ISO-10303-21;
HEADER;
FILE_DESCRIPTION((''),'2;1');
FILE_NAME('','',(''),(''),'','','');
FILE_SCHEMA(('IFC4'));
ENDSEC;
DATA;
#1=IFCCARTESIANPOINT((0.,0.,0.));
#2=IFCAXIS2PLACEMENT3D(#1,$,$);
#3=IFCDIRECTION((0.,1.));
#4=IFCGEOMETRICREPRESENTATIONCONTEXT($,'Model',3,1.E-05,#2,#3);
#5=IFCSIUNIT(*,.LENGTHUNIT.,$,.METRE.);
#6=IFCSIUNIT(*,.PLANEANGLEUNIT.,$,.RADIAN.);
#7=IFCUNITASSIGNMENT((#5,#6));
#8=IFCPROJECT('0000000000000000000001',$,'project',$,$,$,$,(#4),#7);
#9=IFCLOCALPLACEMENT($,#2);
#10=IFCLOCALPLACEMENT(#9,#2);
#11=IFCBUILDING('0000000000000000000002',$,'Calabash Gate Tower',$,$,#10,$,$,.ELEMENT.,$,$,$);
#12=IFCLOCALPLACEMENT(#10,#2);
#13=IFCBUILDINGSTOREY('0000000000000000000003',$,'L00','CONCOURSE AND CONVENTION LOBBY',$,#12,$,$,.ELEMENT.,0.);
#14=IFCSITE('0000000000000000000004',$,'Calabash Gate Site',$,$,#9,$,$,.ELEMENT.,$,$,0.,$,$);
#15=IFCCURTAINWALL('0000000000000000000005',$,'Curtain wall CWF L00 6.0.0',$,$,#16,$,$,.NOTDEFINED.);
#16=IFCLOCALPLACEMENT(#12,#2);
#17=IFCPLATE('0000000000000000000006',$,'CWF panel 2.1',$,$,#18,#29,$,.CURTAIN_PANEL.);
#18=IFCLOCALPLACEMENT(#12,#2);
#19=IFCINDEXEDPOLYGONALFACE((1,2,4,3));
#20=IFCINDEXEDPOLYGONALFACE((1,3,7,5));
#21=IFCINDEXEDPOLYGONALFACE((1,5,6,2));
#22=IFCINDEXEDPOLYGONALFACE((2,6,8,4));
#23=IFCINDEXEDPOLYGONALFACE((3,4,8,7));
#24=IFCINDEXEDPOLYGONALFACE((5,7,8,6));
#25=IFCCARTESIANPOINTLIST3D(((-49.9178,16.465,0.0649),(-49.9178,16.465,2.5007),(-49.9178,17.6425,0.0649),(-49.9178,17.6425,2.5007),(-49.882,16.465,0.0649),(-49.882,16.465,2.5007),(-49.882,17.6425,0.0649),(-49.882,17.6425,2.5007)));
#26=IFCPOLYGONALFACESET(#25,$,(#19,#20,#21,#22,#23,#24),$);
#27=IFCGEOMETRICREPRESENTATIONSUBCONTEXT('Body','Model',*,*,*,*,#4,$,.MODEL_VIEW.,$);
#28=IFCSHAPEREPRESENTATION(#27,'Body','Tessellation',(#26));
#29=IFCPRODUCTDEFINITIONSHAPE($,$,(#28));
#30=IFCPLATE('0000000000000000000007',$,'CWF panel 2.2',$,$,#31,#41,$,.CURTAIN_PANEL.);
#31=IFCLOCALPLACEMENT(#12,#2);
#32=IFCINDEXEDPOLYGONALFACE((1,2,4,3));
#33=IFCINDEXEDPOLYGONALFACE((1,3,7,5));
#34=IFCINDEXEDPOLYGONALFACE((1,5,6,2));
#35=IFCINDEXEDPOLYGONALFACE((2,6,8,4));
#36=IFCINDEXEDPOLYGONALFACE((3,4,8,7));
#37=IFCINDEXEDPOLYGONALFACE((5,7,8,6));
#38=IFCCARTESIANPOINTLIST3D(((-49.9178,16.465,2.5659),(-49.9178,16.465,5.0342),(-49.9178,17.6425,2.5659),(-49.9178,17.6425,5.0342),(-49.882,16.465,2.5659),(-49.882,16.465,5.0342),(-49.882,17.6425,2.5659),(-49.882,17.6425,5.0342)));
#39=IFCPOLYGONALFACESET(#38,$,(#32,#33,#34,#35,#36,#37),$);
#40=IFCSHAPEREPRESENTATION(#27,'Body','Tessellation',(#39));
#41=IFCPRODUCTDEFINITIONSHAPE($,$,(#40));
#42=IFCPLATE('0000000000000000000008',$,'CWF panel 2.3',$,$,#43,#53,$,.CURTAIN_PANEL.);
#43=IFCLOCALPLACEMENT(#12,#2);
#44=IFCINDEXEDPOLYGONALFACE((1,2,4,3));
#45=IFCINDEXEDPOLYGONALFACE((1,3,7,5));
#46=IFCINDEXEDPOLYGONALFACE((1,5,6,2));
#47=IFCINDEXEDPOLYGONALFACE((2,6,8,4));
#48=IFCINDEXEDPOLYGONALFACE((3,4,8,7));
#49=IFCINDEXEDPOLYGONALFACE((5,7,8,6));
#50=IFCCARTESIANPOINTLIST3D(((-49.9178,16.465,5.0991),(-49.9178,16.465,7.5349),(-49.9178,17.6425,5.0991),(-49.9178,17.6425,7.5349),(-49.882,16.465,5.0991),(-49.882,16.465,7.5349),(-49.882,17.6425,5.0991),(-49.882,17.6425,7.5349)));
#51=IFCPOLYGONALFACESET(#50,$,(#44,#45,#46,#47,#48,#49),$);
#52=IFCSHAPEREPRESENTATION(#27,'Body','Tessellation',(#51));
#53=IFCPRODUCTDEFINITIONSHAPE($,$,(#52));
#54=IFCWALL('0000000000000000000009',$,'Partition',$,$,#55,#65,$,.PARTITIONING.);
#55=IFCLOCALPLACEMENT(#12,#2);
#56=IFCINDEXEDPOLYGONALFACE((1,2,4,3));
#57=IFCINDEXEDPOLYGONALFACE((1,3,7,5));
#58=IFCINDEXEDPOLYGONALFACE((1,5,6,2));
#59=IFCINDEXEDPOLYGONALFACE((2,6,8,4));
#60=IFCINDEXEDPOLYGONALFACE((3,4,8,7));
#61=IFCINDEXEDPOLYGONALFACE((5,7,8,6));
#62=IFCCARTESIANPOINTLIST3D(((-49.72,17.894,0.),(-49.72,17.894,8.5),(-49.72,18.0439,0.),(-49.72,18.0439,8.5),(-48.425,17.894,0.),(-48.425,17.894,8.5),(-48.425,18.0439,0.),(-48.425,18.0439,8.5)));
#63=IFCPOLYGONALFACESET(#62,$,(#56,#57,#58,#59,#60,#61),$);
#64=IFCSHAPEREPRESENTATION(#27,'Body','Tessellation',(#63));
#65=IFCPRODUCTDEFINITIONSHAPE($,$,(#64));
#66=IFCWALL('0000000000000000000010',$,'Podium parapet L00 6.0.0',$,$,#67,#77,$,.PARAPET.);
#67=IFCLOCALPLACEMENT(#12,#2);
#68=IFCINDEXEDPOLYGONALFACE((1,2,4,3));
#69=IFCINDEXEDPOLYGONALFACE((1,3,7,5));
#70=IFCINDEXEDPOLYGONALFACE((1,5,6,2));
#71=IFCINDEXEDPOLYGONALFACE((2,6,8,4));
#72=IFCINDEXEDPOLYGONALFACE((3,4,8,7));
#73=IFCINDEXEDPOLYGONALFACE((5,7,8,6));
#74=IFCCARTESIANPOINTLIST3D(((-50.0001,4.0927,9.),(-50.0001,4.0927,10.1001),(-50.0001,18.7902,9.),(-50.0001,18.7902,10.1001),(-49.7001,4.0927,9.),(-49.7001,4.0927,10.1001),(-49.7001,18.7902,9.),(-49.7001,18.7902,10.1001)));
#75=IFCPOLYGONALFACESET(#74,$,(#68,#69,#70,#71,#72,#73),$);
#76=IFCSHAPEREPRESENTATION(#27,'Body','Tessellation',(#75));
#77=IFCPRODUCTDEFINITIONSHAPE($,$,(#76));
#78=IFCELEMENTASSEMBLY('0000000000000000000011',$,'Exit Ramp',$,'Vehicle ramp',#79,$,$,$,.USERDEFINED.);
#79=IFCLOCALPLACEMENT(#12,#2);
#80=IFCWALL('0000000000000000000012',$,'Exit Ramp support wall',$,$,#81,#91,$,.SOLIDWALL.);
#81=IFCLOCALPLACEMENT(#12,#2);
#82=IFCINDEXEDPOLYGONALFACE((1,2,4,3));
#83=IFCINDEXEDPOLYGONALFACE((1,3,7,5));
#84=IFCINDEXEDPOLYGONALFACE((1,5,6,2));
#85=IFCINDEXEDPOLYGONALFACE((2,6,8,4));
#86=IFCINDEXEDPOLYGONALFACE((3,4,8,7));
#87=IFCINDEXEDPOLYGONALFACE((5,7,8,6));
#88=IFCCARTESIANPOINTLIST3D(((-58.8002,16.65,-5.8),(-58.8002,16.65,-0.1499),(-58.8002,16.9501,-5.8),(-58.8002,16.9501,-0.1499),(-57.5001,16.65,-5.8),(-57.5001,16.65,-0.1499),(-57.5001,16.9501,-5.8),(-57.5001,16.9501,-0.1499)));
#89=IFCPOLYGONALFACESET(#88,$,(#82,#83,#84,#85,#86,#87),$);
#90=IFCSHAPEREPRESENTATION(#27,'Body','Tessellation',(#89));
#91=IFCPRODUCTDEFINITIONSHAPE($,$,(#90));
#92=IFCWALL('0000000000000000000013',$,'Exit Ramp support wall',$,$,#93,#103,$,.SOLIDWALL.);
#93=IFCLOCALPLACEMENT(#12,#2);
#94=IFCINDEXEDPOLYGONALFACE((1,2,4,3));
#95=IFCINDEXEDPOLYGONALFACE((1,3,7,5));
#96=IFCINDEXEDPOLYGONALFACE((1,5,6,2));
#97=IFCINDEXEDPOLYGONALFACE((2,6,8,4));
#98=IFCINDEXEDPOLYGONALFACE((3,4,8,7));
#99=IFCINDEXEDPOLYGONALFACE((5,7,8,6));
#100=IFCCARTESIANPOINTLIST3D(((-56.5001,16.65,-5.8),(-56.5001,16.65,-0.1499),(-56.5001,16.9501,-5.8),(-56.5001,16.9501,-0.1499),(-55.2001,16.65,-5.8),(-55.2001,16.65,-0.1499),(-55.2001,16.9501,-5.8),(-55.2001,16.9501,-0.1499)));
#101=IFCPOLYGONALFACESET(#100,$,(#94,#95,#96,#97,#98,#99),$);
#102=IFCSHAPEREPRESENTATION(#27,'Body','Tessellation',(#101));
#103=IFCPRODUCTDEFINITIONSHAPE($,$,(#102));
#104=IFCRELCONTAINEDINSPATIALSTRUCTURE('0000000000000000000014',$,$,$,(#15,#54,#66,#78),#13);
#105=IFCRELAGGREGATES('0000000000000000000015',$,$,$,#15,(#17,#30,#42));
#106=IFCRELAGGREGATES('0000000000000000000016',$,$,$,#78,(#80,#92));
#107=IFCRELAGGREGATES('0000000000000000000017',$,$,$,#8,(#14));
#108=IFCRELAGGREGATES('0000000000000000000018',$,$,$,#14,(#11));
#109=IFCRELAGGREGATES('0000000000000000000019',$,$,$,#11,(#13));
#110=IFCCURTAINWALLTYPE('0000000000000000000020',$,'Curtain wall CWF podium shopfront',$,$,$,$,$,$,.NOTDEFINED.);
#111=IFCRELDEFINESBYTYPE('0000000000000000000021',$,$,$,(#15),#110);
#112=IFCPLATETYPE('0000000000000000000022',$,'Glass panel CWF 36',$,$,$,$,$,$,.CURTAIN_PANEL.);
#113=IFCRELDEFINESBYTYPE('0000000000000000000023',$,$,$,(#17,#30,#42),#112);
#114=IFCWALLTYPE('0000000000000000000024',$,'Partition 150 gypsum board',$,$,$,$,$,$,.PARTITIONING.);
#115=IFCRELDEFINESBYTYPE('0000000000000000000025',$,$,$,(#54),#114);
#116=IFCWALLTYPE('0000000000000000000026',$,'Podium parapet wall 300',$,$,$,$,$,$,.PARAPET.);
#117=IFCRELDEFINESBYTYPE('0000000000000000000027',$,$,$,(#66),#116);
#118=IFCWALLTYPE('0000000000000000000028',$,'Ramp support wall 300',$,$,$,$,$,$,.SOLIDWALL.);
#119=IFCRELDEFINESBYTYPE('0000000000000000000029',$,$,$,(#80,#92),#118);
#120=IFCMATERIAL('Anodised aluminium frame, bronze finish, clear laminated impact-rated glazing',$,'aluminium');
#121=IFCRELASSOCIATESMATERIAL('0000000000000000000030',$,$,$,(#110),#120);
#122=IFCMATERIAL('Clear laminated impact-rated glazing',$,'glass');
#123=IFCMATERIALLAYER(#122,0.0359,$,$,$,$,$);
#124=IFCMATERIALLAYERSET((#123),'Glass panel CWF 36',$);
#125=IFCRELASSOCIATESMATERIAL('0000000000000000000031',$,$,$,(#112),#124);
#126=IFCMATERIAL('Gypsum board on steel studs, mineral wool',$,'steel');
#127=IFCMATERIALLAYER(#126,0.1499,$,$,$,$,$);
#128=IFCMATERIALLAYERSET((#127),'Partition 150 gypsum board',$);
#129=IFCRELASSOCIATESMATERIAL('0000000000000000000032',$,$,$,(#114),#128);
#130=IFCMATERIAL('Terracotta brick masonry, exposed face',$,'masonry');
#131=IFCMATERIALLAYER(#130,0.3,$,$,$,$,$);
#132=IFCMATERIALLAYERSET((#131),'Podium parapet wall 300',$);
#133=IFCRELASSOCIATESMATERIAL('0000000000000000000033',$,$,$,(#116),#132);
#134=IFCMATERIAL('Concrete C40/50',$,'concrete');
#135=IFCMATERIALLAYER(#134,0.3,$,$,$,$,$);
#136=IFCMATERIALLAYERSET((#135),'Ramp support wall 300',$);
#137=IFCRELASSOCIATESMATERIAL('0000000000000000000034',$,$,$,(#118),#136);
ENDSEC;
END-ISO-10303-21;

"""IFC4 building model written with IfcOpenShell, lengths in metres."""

from ifc_helpers import new_model, si_unit, direction, frame, frame_2d, origin, origin_2d, place, context, subcontext, project, spatial, rectangle, extrude, material, layer, layer_set, type_object, element, aggregate, save


model = new_model("IFC4")

# Units and contexts
model_context = context("Model", 3, precision=1e-05, world=origin(), true_north=direction((0.0, 1.0)))
body_context = subcontext(model_context, "Body", "Model", "MODEL_VIEW")
ifc_project = project(units=[si_unit("LENGTHUNIT", "METRE"), si_unit("PLANEANGLEUNIT", "RADIAN")], contexts=[model_context])

# Site, building, storey
site_placement = place(None, origin())
site = spatial("IfcSite", under=ifc_project, at=site_placement, Name="Calabash Gate Site", CompositionType="ELEMENT", RefElevation=0.0)
building_placement = place(site_placement, origin())
building = spatial("IfcBuilding", under=site, at=building_placement, Name="Calabash Gate Tower", CompositionType="ELEMENT")
storey_placement = place(building_placement, origin())
storey = spatial("IfcBuildingStorey", under=building, at=storey_placement, Name="L00", Description="CONCOURSE AND CONVENTION LOBBY", CompositionType="ELEMENT", Elevation=0.0)

# Curtain wall, plates
ifc_material_1 = material(Name="Anodised aluminium frame, bronze finish, clear laminated impact-rated glazing", Category="aluminium")
curtain_wall_type = type_object("IfcCurtainWallType", Name="Curtain wall CWF podium shopfront", PredefinedType="NOTDEFINED", material=ifc_material_1)
curtain_wall_placement = place(storey_placement, origin())
curtain_wall = element("IfcCurtainWall", 1, at=curtain_wall_placement, inside=storey, type_object=curtain_wall_type, Name="Curtain wall CWF L00 6.0.0", PredefinedType="NOTDEFINED")
ifc_material_2 = material(Name="Clear laminated impact-rated glazing", Category="glass")
ifc_layer_1 = layer(ifc_material_2, 0.0359)
ifc_layer_set_1 = layer_set([ifc_layer_1], Name="Glass panel CWF 36")
plate_type = type_object("IfcPlateType", Name="Glass panel CWF 36", PredefinedType="CURTAIN_PANEL", material=ifc_layer_set_1)
plate_1_placement = place(storey_placement, frame((-49.8999, 17.0537, 0.0649), z_axis=(0.0, 0.0, 1.0), x_axis=(0.0, -1.0, 0.0)))
plate_1 = element("IfcPlate", 2, at=plate_1_placement, type_object=plate_type, Name="CWF panel 2.1", PredefinedType="CURTAIN_PANEL", context=body_context, shape_type="SweptSolid", body=[
    extrude(rectangle(XDim=1.1775, YDim=0.0359, at=origin_2d()), origin(), (0.0, 0.0, 1.0), 2.4358),
])
plate_2_placement = place(storey_placement, frame((-49.8999, 17.0537, 2.5659), z_axis=(0.0, 0.0, 1.0), x_axis=(0.0, -1.0, 0.0)))
plate_2 = element("IfcPlate", 3, at=plate_2_placement, type_object=plate_type, Name="CWF panel 2.2", PredefinedType="CURTAIN_PANEL", context=body_context, shape_type="SweptSolid", body=[
    extrude(rectangle(XDim=1.1775, YDim=0.0359, at=origin_2d()), origin(), (0.0, 0.0, 1.0), 2.4683),
])
plate_3_placement = place(storey_placement, frame((-49.8999, 17.0537, 5.0991), z_axis=(0.0, 0.0, 1.0), x_axis=(0.0, -1.0, 0.0)))
plate_3 = element("IfcPlate", 4, at=plate_3_placement, type_object=plate_type, Name="CWF panel 2.3", PredefinedType="CURTAIN_PANEL", context=body_context, shape_type="SweptSolid", body=[
    extrude(rectangle(XDim=1.1775, YDim=0.0359, at=origin_2d()), origin(), (0.0, 0.0, 1.0), 2.4358),
])
aggregate(curtain_wall, [plate_1, plate_2, plate_3])

# Wall
ifc_material_3 = material(Name="Gypsum board on steel studs, mineral wool", Category="steel")
ifc_layer_2 = layer(ifc_material_3, 0.1499)
ifc_layer_set_2 = layer_set([ifc_layer_2], Name="Partition 150 gypsum board")
wall_type_1 = type_object("IfcWallType", Name="Partition 150 gypsum board", PredefinedType="PARTITIONING", material=ifc_layer_set_2)
wall_1_placement = place(storey_placement, frame((-49.72, 17.969, 0.0), z_axis=(0.0, 0.0, 1.0), x_axis=(1.0, 0.0, 0.0)))
element("IfcWall", 5, at=wall_1_placement, inside=storey, type_object=wall_type_1, Name="Partition", PredefinedType="PARTITIONING", context=body_context, shape_type="SweptSolid", body=[
    extrude(rectangle(XDim=1.2949, YDim=0.1499, at=frame_2d((0.6475, 0.0))), origin(), (0.0, 0.0, 1.0), 8.5),
])

# Wall
ifc_material_4 = material(Name="Terracotta brick masonry, exposed face", Category="masonry")
ifc_layer_3 = layer(ifc_material_4, 0.3)
ifc_layer_set_3 = layer_set([ifc_layer_3], Name="Podium parapet wall 300")
wall_type_2 = type_object("IfcWallType", Name="Podium parapet wall 300", PredefinedType="PARAPET", material=ifc_layer_set_3)
wall_2_placement = place(storey_placement, frame((-49.8501, 18.79, 9.0), z_axis=(0.0, 0.0, 1.0), x_axis=(0.0, -1.0, 0.0)))
element("IfcWall", 6, at=wall_2_placement, inside=storey, type_object=wall_type_2, Name="Podium parapet L00 6.0.0", PredefinedType="PARAPET", context=body_context, shape_type="SweptSolid", body=[
    extrude(rectangle(XDim=14.6975, YDim=0.3, at=frame_2d((7.3486, 0.0))), origin(), (0.0, 0.0, 1.0), 1.1001),
])

# Element assembly, walls
assembly_placement = place(storey_placement, origin())
assembly = element("IfcElementAssembly", 7, at=assembly_placement, inside=storey, Name="Exit Ramp", ObjectType="Vehicle ramp", PredefinedType="USERDEFINED")
ifc_material_5 = material(Name="Concrete C40/50", Category="concrete")
ifc_layer_4 = layer(ifc_material_5, 0.3)
ifc_layer_set_4 = layer_set([ifc_layer_4], Name="Ramp support wall 300")
wall_type_3 = type_object("IfcWallType", Name="Ramp support wall 300", PredefinedType="SOLIDWALL", material=ifc_layer_set_4)
wall_3_placement = place(storey_placement, frame((-58.8, 16.8, -5.8), z_axis=(0.0, 0.0, 1.0), x_axis=(1.0, 0.0, 0.0)))
wall_3 = element("IfcWall", 8, at=wall_3_placement, type_object=wall_type_3, Name="Exit Ramp support wall", PredefinedType="SOLIDWALL", context=body_context, shape_type="SweptSolid", body=[
    extrude(rectangle(XDim=1.3, YDim=0.3, at=frame_2d((0.6499, 0.0))), origin(), (0.0, 0.0, 1.0), 5.6501),
])
wall_4_placement = place(storey_placement, frame((-56.5, 16.8, -5.8), z_axis=(0.0, 0.0, 1.0), x_axis=(1.0, 0.0, 0.0)))
wall_4 = element("IfcWall", 9, at=wall_4_placement, type_object=wall_type_3, Name="Exit Ramp support wall", PredefinedType="SOLIDWALL", context=body_context, shape_type="SweptSolid", body=[
    extrude(rectangle(XDim=1.3, YDim=0.3, at=frame_2d((0.6499, 0.0))), origin(), (0.0, 0.0, 1.0), 5.6501),
])
aggregate(assembly, [wall_3, wall_4])

save(model, "model.ifc")
